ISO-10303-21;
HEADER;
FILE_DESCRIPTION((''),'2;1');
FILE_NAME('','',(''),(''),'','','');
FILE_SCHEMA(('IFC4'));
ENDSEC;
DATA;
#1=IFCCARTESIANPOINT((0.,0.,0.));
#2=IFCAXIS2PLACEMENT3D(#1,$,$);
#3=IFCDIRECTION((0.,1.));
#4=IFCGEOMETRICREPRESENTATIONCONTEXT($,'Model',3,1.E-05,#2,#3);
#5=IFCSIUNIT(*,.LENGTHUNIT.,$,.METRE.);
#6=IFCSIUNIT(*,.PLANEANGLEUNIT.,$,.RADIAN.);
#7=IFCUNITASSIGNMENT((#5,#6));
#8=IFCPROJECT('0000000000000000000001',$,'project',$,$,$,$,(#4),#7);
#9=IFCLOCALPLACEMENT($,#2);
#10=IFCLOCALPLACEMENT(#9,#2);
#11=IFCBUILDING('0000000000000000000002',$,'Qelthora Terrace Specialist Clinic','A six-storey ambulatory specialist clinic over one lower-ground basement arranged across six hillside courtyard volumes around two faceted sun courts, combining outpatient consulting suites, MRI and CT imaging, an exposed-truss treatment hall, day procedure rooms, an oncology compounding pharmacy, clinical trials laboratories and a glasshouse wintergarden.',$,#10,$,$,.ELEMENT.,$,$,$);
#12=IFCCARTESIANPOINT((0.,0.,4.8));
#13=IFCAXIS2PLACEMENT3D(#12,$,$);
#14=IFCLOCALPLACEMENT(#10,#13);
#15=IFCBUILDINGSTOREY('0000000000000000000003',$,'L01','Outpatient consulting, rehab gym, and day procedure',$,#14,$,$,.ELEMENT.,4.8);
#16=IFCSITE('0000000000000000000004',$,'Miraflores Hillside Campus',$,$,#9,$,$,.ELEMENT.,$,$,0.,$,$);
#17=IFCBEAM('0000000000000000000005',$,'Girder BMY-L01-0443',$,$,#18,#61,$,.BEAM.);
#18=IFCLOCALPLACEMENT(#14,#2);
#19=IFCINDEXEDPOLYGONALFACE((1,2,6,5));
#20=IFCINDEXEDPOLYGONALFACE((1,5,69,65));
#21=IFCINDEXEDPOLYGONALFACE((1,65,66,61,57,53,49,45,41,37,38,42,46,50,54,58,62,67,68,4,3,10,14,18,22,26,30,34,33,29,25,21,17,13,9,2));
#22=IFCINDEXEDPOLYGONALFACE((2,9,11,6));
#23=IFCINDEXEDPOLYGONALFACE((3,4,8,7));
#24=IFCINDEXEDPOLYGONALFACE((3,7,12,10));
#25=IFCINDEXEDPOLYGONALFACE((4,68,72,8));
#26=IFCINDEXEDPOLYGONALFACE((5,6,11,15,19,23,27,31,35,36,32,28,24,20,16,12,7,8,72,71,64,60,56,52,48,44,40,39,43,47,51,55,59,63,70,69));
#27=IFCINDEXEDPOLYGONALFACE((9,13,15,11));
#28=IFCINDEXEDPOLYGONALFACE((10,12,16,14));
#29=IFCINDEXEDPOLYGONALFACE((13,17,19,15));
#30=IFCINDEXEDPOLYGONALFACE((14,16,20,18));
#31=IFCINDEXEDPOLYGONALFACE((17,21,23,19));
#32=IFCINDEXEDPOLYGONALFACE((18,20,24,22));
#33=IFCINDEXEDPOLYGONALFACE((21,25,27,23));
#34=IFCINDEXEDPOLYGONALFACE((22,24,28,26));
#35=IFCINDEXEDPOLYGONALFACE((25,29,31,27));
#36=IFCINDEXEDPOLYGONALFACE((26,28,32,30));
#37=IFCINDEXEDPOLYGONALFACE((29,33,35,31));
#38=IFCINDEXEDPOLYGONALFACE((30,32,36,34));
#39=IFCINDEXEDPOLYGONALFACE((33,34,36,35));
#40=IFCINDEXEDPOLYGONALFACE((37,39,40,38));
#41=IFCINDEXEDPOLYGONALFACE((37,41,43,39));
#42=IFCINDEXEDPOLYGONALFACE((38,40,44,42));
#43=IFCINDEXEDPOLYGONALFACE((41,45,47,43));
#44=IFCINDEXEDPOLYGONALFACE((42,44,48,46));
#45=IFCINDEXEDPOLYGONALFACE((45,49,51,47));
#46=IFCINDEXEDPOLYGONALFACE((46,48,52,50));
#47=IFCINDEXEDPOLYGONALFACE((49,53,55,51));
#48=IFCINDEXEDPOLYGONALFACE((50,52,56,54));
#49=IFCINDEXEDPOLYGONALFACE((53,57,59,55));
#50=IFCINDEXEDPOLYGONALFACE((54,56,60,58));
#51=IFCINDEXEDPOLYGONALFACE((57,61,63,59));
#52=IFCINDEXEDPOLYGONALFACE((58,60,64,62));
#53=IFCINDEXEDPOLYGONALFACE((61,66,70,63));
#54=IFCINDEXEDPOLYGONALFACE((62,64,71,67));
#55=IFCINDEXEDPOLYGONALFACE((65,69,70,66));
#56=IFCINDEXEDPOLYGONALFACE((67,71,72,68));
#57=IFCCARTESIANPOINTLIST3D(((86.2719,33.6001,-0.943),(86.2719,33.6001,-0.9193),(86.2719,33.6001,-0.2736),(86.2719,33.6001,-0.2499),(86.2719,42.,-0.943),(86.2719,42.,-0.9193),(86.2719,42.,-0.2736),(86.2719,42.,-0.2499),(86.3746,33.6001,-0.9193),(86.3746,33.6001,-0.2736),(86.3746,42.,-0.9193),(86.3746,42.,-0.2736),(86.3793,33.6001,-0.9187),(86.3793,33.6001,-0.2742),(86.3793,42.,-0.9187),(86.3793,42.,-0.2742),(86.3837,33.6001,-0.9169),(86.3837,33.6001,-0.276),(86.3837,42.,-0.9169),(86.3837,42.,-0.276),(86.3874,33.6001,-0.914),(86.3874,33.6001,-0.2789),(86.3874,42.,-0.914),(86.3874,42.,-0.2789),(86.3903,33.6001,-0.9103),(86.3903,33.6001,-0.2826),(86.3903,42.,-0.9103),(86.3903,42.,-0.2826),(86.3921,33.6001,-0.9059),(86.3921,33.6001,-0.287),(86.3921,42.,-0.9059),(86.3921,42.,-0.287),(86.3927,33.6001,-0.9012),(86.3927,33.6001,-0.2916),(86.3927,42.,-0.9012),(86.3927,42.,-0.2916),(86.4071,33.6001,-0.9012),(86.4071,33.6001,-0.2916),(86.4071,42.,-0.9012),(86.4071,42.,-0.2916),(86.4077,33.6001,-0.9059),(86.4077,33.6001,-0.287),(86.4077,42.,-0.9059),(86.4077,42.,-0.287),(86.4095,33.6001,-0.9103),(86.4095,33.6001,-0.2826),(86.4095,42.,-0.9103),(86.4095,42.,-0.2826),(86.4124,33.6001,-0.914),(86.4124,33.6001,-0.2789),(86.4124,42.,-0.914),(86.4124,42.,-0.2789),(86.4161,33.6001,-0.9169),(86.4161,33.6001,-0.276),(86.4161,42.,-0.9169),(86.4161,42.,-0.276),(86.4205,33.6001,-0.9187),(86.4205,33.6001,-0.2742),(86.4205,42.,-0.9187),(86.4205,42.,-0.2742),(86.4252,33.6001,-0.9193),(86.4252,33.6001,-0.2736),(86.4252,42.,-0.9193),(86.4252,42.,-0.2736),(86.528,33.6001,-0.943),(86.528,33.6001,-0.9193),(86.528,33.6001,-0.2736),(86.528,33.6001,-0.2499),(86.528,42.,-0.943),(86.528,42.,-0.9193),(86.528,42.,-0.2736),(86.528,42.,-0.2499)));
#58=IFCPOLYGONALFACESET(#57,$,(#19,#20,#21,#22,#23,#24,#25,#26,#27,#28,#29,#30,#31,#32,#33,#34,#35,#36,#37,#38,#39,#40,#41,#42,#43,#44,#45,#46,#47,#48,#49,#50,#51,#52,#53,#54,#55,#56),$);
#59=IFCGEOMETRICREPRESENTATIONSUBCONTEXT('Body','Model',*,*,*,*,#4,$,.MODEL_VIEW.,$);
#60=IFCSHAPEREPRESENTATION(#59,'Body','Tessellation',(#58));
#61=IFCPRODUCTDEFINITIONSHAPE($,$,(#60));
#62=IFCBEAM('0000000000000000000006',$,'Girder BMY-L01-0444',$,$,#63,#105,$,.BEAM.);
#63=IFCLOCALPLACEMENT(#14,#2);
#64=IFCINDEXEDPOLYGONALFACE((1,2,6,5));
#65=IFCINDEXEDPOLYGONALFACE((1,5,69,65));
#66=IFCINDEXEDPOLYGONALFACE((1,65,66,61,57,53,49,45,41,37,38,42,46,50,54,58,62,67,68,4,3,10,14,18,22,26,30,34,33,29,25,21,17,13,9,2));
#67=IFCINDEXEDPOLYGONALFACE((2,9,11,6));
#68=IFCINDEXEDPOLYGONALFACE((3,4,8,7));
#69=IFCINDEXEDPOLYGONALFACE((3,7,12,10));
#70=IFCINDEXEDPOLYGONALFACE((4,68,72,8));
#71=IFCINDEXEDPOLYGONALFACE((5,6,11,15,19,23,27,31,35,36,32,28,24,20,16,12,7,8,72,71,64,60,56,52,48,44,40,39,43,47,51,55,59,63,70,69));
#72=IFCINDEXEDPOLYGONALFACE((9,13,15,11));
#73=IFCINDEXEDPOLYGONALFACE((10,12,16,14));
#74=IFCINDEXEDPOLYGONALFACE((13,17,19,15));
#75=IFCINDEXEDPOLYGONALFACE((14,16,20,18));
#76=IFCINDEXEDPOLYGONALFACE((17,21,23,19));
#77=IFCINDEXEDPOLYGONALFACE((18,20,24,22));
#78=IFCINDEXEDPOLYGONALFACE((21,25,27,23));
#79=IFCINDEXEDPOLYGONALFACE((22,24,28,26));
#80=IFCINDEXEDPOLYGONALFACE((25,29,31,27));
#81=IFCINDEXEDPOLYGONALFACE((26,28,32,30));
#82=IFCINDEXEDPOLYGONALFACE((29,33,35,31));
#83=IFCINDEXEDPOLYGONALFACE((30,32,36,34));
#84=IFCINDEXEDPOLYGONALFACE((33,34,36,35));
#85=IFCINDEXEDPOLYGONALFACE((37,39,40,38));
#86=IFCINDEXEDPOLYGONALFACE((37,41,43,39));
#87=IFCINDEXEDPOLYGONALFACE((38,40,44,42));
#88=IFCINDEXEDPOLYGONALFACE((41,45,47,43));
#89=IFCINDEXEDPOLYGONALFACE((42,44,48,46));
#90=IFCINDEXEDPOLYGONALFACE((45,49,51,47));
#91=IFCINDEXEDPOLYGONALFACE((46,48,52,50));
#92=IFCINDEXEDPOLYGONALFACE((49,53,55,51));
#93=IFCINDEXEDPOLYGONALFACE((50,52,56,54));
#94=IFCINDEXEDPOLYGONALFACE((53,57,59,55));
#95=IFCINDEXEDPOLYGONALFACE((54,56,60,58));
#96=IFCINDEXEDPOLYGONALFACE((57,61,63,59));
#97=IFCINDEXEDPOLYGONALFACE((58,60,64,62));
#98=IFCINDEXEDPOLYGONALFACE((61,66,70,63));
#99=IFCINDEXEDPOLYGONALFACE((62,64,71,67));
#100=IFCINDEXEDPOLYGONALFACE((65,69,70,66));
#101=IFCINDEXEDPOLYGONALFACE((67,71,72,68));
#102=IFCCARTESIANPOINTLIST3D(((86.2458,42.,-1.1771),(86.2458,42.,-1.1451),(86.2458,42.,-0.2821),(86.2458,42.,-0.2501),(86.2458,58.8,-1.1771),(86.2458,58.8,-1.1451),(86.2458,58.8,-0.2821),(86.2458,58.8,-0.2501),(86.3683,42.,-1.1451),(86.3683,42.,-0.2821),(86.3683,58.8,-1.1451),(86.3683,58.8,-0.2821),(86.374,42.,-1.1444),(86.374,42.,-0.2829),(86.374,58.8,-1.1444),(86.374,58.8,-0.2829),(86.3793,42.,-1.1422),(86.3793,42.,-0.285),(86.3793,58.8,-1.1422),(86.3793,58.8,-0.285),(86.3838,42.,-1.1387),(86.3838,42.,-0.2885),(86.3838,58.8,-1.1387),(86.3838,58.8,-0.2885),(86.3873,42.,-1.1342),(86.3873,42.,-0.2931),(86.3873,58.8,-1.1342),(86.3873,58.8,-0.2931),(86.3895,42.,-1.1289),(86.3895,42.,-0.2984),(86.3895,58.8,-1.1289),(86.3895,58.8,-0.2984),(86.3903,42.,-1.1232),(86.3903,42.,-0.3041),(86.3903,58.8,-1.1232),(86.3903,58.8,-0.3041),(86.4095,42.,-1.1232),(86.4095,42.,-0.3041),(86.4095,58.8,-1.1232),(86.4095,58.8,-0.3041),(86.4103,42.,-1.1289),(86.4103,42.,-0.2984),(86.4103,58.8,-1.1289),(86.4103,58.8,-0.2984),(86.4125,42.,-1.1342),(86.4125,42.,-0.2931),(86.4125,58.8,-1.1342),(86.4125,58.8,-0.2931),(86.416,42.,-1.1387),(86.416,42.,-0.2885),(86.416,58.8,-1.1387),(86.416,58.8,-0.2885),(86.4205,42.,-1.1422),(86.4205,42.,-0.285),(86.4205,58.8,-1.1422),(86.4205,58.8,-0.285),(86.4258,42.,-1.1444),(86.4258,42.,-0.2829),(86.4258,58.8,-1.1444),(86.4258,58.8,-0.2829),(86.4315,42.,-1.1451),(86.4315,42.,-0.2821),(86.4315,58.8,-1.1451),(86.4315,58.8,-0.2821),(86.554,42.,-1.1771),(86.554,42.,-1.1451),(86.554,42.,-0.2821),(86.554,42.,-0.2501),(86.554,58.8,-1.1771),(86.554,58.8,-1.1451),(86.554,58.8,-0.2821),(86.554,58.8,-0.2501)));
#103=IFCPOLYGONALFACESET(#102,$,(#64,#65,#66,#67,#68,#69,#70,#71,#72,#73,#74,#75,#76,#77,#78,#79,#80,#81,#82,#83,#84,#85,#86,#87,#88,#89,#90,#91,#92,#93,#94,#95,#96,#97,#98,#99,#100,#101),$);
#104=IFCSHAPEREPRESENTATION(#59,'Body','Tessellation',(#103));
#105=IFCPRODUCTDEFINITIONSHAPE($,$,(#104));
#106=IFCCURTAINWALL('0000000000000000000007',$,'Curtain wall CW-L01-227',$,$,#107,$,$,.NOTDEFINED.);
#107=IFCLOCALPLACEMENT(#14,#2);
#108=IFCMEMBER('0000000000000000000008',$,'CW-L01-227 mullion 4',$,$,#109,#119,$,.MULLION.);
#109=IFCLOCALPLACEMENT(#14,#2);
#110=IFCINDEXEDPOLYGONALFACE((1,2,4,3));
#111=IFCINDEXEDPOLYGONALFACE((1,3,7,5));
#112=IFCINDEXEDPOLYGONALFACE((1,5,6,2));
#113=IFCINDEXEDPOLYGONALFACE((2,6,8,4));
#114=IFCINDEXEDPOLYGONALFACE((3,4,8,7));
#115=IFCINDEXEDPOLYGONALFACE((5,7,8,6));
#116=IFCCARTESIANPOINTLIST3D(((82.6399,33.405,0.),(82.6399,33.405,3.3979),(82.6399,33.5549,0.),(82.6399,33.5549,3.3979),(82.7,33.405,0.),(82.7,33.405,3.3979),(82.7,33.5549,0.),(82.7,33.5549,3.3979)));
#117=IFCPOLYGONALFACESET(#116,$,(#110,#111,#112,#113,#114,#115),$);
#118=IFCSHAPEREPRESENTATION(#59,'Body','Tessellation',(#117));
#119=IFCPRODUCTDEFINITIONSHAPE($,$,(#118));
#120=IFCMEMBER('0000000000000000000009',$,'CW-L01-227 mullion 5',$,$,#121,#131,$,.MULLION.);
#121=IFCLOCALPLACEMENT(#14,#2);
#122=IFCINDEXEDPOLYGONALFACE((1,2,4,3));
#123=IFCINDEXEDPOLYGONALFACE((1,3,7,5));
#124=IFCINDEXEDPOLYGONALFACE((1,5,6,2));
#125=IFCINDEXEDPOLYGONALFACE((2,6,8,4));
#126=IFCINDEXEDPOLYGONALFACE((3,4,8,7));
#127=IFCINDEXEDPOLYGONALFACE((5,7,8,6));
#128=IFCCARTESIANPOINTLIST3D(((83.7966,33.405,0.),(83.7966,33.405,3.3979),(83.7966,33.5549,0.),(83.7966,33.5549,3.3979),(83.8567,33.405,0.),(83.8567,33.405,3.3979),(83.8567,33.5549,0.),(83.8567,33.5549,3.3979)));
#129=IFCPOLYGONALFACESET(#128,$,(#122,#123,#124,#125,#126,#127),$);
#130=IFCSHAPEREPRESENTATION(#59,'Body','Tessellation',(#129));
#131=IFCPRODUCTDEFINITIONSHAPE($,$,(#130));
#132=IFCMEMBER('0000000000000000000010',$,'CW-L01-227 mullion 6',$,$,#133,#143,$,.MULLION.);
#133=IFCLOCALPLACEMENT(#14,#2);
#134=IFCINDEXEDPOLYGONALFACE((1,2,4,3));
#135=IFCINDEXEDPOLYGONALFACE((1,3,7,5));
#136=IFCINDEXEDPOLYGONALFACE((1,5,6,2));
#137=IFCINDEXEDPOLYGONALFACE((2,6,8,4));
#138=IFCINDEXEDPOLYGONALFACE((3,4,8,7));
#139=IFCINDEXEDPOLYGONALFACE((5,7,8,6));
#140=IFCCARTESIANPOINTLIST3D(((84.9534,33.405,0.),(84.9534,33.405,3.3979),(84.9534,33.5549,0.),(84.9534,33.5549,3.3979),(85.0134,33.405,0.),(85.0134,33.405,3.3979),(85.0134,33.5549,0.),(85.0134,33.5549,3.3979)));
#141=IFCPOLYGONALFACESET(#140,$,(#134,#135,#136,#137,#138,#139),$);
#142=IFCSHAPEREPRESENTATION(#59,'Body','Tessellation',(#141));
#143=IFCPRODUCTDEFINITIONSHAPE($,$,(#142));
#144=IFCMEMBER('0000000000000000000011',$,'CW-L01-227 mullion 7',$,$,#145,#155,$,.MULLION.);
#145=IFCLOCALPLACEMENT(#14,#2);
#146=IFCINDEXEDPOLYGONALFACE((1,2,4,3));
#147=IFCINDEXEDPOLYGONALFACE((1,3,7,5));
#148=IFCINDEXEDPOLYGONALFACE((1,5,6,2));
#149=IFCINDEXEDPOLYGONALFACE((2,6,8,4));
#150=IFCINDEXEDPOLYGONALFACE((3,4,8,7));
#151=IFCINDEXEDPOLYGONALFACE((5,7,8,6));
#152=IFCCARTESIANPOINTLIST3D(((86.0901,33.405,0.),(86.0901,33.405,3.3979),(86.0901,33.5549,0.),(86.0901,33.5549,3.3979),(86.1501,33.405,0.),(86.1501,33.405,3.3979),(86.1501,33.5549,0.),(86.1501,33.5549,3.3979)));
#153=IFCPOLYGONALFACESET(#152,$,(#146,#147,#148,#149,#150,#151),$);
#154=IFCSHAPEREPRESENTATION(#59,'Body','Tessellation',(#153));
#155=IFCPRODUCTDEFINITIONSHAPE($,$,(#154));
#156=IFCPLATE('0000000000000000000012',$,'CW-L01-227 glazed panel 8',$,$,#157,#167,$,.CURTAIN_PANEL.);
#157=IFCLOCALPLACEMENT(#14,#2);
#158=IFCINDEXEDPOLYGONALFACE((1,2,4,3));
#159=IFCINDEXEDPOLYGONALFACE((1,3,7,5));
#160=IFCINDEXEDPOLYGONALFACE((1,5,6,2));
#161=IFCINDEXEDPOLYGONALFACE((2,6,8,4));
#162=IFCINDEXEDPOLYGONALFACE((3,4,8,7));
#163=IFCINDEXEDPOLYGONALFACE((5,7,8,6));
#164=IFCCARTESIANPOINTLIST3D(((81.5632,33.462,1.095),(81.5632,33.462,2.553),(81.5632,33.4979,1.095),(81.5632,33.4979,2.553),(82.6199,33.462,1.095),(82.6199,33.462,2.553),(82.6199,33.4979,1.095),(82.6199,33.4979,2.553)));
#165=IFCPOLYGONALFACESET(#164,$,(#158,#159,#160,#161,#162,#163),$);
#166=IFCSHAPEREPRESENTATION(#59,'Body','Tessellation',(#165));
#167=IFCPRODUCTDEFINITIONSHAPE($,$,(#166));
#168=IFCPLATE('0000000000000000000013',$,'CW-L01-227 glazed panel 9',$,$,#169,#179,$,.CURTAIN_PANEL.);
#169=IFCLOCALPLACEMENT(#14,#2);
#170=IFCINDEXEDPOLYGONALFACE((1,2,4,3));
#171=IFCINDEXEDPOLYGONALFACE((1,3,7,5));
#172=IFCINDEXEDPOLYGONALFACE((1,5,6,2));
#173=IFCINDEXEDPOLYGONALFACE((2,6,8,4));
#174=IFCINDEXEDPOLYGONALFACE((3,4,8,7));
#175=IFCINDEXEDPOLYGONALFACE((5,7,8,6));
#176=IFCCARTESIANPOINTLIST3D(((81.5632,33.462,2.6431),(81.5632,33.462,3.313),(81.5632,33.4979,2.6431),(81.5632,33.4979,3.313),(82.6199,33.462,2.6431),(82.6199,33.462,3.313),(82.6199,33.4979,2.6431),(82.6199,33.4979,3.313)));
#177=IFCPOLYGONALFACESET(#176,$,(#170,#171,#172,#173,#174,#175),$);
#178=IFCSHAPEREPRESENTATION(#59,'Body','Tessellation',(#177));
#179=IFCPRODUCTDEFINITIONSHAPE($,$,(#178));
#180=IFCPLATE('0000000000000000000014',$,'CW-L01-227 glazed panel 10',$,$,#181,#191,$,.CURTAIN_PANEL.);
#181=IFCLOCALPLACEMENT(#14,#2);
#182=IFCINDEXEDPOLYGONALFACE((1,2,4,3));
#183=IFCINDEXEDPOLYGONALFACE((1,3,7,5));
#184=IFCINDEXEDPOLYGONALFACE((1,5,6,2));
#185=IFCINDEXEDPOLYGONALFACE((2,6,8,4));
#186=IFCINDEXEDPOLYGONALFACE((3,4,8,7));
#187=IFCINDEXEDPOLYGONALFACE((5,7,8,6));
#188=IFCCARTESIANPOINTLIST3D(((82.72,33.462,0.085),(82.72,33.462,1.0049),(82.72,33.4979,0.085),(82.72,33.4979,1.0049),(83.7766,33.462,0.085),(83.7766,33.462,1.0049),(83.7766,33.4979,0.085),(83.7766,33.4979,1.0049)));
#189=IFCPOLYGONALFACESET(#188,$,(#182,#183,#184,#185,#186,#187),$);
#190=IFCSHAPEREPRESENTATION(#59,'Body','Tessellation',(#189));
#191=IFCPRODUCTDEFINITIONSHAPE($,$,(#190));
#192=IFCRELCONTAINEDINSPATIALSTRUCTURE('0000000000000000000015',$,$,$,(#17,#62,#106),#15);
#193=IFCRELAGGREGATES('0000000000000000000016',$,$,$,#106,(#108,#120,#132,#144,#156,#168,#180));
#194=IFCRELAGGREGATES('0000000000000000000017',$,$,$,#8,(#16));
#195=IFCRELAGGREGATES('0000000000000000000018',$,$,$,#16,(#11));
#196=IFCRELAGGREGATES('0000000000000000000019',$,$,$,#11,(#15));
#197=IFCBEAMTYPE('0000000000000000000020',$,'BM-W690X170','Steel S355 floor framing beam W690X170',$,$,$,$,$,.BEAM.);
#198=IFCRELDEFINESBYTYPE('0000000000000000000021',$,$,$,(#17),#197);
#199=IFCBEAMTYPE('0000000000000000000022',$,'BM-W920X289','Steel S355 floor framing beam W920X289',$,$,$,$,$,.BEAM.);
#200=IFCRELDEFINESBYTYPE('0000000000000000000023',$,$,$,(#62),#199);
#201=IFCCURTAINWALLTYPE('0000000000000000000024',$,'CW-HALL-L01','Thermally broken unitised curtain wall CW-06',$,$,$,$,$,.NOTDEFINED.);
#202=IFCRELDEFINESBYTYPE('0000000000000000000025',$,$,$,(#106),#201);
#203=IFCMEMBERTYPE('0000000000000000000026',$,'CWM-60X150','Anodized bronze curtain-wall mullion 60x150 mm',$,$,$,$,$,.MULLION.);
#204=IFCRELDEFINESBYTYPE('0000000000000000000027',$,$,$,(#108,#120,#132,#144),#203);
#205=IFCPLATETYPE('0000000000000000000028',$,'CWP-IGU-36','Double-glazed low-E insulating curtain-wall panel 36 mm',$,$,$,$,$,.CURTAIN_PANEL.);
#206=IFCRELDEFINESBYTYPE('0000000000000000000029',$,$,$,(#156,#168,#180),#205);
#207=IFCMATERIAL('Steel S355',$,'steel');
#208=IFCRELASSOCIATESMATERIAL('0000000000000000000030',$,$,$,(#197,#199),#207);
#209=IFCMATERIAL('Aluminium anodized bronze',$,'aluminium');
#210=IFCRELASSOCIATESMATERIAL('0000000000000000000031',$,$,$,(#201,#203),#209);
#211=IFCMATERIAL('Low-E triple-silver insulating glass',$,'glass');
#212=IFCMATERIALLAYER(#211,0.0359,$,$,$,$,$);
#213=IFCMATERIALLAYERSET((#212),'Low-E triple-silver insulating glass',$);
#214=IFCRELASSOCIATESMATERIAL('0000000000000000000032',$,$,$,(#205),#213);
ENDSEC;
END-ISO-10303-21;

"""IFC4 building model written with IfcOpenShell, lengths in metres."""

from ifc_helpers import new_model, si_unit, direction, frame, origin, origin_2d, place, context, subcontext, project, spatial, rectangle, i_section, extrude, material, layer, layer_set, material_profile, profile_set, type_object, element, aggregate, save


model = new_model("IFC4")

# Units and contexts
model_context = context("Model", 3, precision=1e-05, world=origin(), true_north=direction((0.0, 1.0)))
body_context = subcontext(model_context, "Body", "Model", "MODEL_VIEW")
ifc_project = project(units=[si_unit("LENGTHUNIT", "METRE"), si_unit("PLANEANGLEUNIT", "RADIAN")], contexts=[model_context])

# Site, building, storey
site_placement = place(None, origin())
site = spatial("IfcSite", under=ifc_project, at=site_placement, Name="Miraflores Hillside Campus", CompositionType="ELEMENT", RefElevation=0.0)
building_placement = place(site_placement, origin())
building = spatial("IfcBuilding", under=site, at=building_placement, Name="Qelthora Terrace Specialist Clinic", Description="A six-storey ambulatory specialist clinic over one lower-ground basement arranged across six hillside courtyard volumes around two faceted sun courts, combining outpatient consulting suites, MRI and CT imaging, an exposed-truss treatment hall, day procedure rooms, an oncology compounding pharmacy, clinical trials laboratories and a glasshouse wintergarden.", CompositionType="ELEMENT")
storey_placement = place(building_placement, frame((0.0, 0.0, 4.8)))
storey = spatial("IfcBuildingStorey", under=building, at=storey_placement, Name="L01", Description="Outpatient consulting, rehab gym, and day procedure", CompositionType="ELEMENT", Elevation=4.8)

# Shared definitions
ifc_material_1 = material(Name="Steel S355", Category="steel")

# Beams
ifc_material_profile_1 = material_profile(ifc_material_1, i_section(OverallWidth=0.2561, OverallDepth=0.6931, WebThickness=0.0144, FlangeThickness=0.0237, FilletRadius=0.0181, at=origin_2d()), Name="W690X170")
ifc_profile_set_1 = profile_set([ifc_material_profile_1], Name="Steel S355")
beam_type_1 = type_object("IfcBeamType", Name="BM-W690X170", Description="Steel S355 floor framing beam W690X170", PredefinedType="BEAM", material=ifc_profile_set_1)
beam_1_placement = place(storey_placement, frame((86.3999, 33.6001, -0.5964), z_axis=(0.0, 1.0, 0.0), x_axis=(-1.0, 0.0, 0.0)))
element("IfcBeam", 1, at=beam_1_placement, inside=storey, type_object=beam_type_1, Name="Girder BMY-L01-0443", PredefinedType="BEAM", context=body_context, shape_type="SweptSolid", body=[
    extrude(i_section(OverallWidth=0.2561, OverallDepth=0.6931, WebThickness=0.0144, FlangeThickness=0.0237, FilletRadius=0.0181, at=origin_2d()), origin(), (0.0, 0.0, 1.0), 8.3999),
])
ifc_material_profile_2 = material_profile(ifc_material_1, i_section(OverallWidth=0.3081, OverallDepth=0.927, WebThickness=0.0193, FlangeThickness=0.032, FilletRadius=0.022, at=origin_2d()), Name="W920X289")
ifc_profile_set_2 = profile_set([ifc_material_profile_2], Name="Steel S355")
beam_type_2 = type_object("IfcBeamType", Name="BM-W920X289", Description="Steel S355 floor framing beam W920X289", PredefinedType="BEAM", material=ifc_profile_set_2)
beam_2_placement = place(storey_placement, frame((86.3999, 42.0, -0.7136), z_axis=(0.0, 1.0, 0.0), x_axis=(-1.0, 0.0, 0.0)))
element("IfcBeam", 2, at=beam_2_placement, inside=storey, type_object=beam_type_2, Name="Girder BMY-L01-0444", PredefinedType="BEAM", context=body_context, shape_type="SweptSolid", body=[
    extrude(i_section(OverallWidth=0.3081, OverallDepth=0.927, WebThickness=0.0193, FlangeThickness=0.032, FilletRadius=0.022, at=origin_2d()), origin(), (0.0, 0.0, 1.0), 16.8),
])

# Curtain wall, members, plates
ifc_material_2 = material(Name="Aluminium anodized bronze", Category="aluminium")
curtain_wall_type = type_object("IfcCurtainWallType", Name="CW-HALL-L01", Description="Thermally broken unitised curtain wall CW-06", PredefinedType="NOTDEFINED", material=ifc_material_2)
curtain_wall_placement = place(storey_placement, origin())
curtain_wall = element("IfcCurtainWall", 3, at=curtain_wall_placement, inside=storey, type_object=curtain_wall_type, Name="Curtain wall CW-L01-227", PredefinedType="NOTDEFINED")
ifc_material_profile_3 = material_profile(ifc_material_2, rectangle(XDim=0.0601, YDim=0.1499, at=origin_2d()), Name="CWM60X150")
ifc_profile_set_3 = profile_set([ifc_material_profile_3], Name="Aluminium anodized bronze")
member_type = type_object("IfcMemberType", Name="CWM-60X150", Description="Anodized bronze curtain-wall mullion 60x150 mm", PredefinedType="MULLION", material=ifc_profile_set_3)
member_1_placement = place(storey_placement, frame((82.6699, 33.48, 0.0), z_axis=(0.0, 0.0, 1.0), x_axis=(1.0, 0.0, 0.0)))
member_1 = element("IfcMember", 4, at=member_1_placement, type_object=member_type, Name="CW-L01-227 mullion 4", PredefinedType="MULLION", context=body_context, shape_type="SweptSolid", body=[
    extrude(rectangle(XDim=0.0601, YDim=0.1499, at=origin_2d()), origin(), (0.0, 0.0, 1.0), 3.3979),
])
member_2_placement = place(storey_placement, frame((83.8267, 33.48, 0.0), z_axis=(0.0, 0.0, 1.0), x_axis=(1.0, 0.0, 0.0)))
member_2 = element("IfcMember", 5, at=member_2_placement, type_object=member_type, Name="CW-L01-227 mullion 5", PredefinedType="MULLION", context=body_context, shape_type="SweptSolid", body=[
    extrude(rectangle(XDim=0.0601, YDim=0.1499, at=origin_2d()), origin(), (0.0, 0.0, 1.0), 3.3979),
])
member_3_placement = place(storey_placement, frame((84.9834, 33.48, 0.0), z_axis=(0.0, 0.0, 1.0), x_axis=(1.0, 0.0, 0.0)))
member_3 = element("IfcMember", 6, at=member_3_placement, type_object=member_type, Name="CW-L01-227 mullion 6", PredefinedType="MULLION", context=body_context, shape_type="SweptSolid", body=[
    extrude(rectangle(XDim=0.0601, YDim=0.1499, at=origin_2d()), origin(), (0.0, 0.0, 1.0), 3.3979),
])
member_4_placement = place(storey_placement, frame((86.1201, 33.48, 0.0), z_axis=(0.0, 0.0, 1.0), x_axis=(1.0, 0.0, 0.0)))
member_4 = element("IfcMember", 7, at=member_4_placement, type_object=member_type, Name="CW-L01-227 mullion 7", PredefinedType="MULLION", context=body_context, shape_type="SweptSolid", body=[
    extrude(rectangle(XDim=0.0601, YDim=0.1499, at=origin_2d()), origin(), (0.0, 0.0, 1.0), 3.3979),
])
ifc_material_3 = material(Name="Low-E triple-silver insulating glass", Category="glass")
ifc_layer_1 = layer(ifc_material_3, 0.0359)
ifc_layer_set_1 = layer_set([ifc_layer_1], Name="Low-E triple-silver insulating glass")
plate_type = type_object("IfcPlateType", Name="CWP-IGU-36", Description="Double-glazed low-E insulating curtain-wall panel 36 mm", PredefinedType="CURTAIN_PANEL", material=ifc_layer_set_1)
plate_1_placement = place(storey_placement, frame((82.0916, 33.48, 1.095), z_axis=(0.0, 0.0, 1.0), x_axis=(1.0, 0.0, 0.0)))
plate_1 = element("IfcPlate", 8, at=plate_1_placement, type_object=plate_type, Name="CW-L01-227 glazed panel 8", PredefinedType="CURTAIN_PANEL", context=body_context, shape_type="SweptSolid", body=[
    extrude(rectangle(XDim=1.0566, YDim=0.0359, at=origin_2d()), origin(), (0.0, 0.0, 1.0), 1.458),
])
plate_2_placement = place(storey_placement, frame((82.0916, 33.48, 2.6431), z_axis=(0.0, 0.0, 1.0), x_axis=(1.0, 0.0, 0.0)))
plate_2 = element("IfcPlate", 9, at=plate_2_placement, type_object=plate_type, Name="CW-L01-227 glazed panel 9", PredefinedType="CURTAIN_PANEL", context=body_context, shape_type="SweptSolid", body=[
    extrude(rectangle(XDim=1.0566, YDim=0.0359, at=origin_2d()), origin(), (0.0, 0.0, 1.0), 0.6699),
])
plate_3_placement = place(storey_placement, frame((83.2483, 33.48, 0.085), z_axis=(0.0, 0.0, 1.0), x_axis=(1.0, 0.0, 0.0)))
plate_3 = element("IfcPlate", 10, at=plate_3_placement, type_object=plate_type, Name="CW-L01-227 glazed panel 10", PredefinedType="CURTAIN_PANEL", context=body_context, shape_type="SweptSolid", body=[
    extrude(rectangle(XDim=1.0566, YDim=0.0359, at=origin_2d()), origin(), (0.0, 0.0, 1.0), 0.9199),
])
aggregate(curtain_wall, [member_1, member_2, member_3, member_4, plate_1, plate_2, plate_3])

save(model, "model.ifc")
